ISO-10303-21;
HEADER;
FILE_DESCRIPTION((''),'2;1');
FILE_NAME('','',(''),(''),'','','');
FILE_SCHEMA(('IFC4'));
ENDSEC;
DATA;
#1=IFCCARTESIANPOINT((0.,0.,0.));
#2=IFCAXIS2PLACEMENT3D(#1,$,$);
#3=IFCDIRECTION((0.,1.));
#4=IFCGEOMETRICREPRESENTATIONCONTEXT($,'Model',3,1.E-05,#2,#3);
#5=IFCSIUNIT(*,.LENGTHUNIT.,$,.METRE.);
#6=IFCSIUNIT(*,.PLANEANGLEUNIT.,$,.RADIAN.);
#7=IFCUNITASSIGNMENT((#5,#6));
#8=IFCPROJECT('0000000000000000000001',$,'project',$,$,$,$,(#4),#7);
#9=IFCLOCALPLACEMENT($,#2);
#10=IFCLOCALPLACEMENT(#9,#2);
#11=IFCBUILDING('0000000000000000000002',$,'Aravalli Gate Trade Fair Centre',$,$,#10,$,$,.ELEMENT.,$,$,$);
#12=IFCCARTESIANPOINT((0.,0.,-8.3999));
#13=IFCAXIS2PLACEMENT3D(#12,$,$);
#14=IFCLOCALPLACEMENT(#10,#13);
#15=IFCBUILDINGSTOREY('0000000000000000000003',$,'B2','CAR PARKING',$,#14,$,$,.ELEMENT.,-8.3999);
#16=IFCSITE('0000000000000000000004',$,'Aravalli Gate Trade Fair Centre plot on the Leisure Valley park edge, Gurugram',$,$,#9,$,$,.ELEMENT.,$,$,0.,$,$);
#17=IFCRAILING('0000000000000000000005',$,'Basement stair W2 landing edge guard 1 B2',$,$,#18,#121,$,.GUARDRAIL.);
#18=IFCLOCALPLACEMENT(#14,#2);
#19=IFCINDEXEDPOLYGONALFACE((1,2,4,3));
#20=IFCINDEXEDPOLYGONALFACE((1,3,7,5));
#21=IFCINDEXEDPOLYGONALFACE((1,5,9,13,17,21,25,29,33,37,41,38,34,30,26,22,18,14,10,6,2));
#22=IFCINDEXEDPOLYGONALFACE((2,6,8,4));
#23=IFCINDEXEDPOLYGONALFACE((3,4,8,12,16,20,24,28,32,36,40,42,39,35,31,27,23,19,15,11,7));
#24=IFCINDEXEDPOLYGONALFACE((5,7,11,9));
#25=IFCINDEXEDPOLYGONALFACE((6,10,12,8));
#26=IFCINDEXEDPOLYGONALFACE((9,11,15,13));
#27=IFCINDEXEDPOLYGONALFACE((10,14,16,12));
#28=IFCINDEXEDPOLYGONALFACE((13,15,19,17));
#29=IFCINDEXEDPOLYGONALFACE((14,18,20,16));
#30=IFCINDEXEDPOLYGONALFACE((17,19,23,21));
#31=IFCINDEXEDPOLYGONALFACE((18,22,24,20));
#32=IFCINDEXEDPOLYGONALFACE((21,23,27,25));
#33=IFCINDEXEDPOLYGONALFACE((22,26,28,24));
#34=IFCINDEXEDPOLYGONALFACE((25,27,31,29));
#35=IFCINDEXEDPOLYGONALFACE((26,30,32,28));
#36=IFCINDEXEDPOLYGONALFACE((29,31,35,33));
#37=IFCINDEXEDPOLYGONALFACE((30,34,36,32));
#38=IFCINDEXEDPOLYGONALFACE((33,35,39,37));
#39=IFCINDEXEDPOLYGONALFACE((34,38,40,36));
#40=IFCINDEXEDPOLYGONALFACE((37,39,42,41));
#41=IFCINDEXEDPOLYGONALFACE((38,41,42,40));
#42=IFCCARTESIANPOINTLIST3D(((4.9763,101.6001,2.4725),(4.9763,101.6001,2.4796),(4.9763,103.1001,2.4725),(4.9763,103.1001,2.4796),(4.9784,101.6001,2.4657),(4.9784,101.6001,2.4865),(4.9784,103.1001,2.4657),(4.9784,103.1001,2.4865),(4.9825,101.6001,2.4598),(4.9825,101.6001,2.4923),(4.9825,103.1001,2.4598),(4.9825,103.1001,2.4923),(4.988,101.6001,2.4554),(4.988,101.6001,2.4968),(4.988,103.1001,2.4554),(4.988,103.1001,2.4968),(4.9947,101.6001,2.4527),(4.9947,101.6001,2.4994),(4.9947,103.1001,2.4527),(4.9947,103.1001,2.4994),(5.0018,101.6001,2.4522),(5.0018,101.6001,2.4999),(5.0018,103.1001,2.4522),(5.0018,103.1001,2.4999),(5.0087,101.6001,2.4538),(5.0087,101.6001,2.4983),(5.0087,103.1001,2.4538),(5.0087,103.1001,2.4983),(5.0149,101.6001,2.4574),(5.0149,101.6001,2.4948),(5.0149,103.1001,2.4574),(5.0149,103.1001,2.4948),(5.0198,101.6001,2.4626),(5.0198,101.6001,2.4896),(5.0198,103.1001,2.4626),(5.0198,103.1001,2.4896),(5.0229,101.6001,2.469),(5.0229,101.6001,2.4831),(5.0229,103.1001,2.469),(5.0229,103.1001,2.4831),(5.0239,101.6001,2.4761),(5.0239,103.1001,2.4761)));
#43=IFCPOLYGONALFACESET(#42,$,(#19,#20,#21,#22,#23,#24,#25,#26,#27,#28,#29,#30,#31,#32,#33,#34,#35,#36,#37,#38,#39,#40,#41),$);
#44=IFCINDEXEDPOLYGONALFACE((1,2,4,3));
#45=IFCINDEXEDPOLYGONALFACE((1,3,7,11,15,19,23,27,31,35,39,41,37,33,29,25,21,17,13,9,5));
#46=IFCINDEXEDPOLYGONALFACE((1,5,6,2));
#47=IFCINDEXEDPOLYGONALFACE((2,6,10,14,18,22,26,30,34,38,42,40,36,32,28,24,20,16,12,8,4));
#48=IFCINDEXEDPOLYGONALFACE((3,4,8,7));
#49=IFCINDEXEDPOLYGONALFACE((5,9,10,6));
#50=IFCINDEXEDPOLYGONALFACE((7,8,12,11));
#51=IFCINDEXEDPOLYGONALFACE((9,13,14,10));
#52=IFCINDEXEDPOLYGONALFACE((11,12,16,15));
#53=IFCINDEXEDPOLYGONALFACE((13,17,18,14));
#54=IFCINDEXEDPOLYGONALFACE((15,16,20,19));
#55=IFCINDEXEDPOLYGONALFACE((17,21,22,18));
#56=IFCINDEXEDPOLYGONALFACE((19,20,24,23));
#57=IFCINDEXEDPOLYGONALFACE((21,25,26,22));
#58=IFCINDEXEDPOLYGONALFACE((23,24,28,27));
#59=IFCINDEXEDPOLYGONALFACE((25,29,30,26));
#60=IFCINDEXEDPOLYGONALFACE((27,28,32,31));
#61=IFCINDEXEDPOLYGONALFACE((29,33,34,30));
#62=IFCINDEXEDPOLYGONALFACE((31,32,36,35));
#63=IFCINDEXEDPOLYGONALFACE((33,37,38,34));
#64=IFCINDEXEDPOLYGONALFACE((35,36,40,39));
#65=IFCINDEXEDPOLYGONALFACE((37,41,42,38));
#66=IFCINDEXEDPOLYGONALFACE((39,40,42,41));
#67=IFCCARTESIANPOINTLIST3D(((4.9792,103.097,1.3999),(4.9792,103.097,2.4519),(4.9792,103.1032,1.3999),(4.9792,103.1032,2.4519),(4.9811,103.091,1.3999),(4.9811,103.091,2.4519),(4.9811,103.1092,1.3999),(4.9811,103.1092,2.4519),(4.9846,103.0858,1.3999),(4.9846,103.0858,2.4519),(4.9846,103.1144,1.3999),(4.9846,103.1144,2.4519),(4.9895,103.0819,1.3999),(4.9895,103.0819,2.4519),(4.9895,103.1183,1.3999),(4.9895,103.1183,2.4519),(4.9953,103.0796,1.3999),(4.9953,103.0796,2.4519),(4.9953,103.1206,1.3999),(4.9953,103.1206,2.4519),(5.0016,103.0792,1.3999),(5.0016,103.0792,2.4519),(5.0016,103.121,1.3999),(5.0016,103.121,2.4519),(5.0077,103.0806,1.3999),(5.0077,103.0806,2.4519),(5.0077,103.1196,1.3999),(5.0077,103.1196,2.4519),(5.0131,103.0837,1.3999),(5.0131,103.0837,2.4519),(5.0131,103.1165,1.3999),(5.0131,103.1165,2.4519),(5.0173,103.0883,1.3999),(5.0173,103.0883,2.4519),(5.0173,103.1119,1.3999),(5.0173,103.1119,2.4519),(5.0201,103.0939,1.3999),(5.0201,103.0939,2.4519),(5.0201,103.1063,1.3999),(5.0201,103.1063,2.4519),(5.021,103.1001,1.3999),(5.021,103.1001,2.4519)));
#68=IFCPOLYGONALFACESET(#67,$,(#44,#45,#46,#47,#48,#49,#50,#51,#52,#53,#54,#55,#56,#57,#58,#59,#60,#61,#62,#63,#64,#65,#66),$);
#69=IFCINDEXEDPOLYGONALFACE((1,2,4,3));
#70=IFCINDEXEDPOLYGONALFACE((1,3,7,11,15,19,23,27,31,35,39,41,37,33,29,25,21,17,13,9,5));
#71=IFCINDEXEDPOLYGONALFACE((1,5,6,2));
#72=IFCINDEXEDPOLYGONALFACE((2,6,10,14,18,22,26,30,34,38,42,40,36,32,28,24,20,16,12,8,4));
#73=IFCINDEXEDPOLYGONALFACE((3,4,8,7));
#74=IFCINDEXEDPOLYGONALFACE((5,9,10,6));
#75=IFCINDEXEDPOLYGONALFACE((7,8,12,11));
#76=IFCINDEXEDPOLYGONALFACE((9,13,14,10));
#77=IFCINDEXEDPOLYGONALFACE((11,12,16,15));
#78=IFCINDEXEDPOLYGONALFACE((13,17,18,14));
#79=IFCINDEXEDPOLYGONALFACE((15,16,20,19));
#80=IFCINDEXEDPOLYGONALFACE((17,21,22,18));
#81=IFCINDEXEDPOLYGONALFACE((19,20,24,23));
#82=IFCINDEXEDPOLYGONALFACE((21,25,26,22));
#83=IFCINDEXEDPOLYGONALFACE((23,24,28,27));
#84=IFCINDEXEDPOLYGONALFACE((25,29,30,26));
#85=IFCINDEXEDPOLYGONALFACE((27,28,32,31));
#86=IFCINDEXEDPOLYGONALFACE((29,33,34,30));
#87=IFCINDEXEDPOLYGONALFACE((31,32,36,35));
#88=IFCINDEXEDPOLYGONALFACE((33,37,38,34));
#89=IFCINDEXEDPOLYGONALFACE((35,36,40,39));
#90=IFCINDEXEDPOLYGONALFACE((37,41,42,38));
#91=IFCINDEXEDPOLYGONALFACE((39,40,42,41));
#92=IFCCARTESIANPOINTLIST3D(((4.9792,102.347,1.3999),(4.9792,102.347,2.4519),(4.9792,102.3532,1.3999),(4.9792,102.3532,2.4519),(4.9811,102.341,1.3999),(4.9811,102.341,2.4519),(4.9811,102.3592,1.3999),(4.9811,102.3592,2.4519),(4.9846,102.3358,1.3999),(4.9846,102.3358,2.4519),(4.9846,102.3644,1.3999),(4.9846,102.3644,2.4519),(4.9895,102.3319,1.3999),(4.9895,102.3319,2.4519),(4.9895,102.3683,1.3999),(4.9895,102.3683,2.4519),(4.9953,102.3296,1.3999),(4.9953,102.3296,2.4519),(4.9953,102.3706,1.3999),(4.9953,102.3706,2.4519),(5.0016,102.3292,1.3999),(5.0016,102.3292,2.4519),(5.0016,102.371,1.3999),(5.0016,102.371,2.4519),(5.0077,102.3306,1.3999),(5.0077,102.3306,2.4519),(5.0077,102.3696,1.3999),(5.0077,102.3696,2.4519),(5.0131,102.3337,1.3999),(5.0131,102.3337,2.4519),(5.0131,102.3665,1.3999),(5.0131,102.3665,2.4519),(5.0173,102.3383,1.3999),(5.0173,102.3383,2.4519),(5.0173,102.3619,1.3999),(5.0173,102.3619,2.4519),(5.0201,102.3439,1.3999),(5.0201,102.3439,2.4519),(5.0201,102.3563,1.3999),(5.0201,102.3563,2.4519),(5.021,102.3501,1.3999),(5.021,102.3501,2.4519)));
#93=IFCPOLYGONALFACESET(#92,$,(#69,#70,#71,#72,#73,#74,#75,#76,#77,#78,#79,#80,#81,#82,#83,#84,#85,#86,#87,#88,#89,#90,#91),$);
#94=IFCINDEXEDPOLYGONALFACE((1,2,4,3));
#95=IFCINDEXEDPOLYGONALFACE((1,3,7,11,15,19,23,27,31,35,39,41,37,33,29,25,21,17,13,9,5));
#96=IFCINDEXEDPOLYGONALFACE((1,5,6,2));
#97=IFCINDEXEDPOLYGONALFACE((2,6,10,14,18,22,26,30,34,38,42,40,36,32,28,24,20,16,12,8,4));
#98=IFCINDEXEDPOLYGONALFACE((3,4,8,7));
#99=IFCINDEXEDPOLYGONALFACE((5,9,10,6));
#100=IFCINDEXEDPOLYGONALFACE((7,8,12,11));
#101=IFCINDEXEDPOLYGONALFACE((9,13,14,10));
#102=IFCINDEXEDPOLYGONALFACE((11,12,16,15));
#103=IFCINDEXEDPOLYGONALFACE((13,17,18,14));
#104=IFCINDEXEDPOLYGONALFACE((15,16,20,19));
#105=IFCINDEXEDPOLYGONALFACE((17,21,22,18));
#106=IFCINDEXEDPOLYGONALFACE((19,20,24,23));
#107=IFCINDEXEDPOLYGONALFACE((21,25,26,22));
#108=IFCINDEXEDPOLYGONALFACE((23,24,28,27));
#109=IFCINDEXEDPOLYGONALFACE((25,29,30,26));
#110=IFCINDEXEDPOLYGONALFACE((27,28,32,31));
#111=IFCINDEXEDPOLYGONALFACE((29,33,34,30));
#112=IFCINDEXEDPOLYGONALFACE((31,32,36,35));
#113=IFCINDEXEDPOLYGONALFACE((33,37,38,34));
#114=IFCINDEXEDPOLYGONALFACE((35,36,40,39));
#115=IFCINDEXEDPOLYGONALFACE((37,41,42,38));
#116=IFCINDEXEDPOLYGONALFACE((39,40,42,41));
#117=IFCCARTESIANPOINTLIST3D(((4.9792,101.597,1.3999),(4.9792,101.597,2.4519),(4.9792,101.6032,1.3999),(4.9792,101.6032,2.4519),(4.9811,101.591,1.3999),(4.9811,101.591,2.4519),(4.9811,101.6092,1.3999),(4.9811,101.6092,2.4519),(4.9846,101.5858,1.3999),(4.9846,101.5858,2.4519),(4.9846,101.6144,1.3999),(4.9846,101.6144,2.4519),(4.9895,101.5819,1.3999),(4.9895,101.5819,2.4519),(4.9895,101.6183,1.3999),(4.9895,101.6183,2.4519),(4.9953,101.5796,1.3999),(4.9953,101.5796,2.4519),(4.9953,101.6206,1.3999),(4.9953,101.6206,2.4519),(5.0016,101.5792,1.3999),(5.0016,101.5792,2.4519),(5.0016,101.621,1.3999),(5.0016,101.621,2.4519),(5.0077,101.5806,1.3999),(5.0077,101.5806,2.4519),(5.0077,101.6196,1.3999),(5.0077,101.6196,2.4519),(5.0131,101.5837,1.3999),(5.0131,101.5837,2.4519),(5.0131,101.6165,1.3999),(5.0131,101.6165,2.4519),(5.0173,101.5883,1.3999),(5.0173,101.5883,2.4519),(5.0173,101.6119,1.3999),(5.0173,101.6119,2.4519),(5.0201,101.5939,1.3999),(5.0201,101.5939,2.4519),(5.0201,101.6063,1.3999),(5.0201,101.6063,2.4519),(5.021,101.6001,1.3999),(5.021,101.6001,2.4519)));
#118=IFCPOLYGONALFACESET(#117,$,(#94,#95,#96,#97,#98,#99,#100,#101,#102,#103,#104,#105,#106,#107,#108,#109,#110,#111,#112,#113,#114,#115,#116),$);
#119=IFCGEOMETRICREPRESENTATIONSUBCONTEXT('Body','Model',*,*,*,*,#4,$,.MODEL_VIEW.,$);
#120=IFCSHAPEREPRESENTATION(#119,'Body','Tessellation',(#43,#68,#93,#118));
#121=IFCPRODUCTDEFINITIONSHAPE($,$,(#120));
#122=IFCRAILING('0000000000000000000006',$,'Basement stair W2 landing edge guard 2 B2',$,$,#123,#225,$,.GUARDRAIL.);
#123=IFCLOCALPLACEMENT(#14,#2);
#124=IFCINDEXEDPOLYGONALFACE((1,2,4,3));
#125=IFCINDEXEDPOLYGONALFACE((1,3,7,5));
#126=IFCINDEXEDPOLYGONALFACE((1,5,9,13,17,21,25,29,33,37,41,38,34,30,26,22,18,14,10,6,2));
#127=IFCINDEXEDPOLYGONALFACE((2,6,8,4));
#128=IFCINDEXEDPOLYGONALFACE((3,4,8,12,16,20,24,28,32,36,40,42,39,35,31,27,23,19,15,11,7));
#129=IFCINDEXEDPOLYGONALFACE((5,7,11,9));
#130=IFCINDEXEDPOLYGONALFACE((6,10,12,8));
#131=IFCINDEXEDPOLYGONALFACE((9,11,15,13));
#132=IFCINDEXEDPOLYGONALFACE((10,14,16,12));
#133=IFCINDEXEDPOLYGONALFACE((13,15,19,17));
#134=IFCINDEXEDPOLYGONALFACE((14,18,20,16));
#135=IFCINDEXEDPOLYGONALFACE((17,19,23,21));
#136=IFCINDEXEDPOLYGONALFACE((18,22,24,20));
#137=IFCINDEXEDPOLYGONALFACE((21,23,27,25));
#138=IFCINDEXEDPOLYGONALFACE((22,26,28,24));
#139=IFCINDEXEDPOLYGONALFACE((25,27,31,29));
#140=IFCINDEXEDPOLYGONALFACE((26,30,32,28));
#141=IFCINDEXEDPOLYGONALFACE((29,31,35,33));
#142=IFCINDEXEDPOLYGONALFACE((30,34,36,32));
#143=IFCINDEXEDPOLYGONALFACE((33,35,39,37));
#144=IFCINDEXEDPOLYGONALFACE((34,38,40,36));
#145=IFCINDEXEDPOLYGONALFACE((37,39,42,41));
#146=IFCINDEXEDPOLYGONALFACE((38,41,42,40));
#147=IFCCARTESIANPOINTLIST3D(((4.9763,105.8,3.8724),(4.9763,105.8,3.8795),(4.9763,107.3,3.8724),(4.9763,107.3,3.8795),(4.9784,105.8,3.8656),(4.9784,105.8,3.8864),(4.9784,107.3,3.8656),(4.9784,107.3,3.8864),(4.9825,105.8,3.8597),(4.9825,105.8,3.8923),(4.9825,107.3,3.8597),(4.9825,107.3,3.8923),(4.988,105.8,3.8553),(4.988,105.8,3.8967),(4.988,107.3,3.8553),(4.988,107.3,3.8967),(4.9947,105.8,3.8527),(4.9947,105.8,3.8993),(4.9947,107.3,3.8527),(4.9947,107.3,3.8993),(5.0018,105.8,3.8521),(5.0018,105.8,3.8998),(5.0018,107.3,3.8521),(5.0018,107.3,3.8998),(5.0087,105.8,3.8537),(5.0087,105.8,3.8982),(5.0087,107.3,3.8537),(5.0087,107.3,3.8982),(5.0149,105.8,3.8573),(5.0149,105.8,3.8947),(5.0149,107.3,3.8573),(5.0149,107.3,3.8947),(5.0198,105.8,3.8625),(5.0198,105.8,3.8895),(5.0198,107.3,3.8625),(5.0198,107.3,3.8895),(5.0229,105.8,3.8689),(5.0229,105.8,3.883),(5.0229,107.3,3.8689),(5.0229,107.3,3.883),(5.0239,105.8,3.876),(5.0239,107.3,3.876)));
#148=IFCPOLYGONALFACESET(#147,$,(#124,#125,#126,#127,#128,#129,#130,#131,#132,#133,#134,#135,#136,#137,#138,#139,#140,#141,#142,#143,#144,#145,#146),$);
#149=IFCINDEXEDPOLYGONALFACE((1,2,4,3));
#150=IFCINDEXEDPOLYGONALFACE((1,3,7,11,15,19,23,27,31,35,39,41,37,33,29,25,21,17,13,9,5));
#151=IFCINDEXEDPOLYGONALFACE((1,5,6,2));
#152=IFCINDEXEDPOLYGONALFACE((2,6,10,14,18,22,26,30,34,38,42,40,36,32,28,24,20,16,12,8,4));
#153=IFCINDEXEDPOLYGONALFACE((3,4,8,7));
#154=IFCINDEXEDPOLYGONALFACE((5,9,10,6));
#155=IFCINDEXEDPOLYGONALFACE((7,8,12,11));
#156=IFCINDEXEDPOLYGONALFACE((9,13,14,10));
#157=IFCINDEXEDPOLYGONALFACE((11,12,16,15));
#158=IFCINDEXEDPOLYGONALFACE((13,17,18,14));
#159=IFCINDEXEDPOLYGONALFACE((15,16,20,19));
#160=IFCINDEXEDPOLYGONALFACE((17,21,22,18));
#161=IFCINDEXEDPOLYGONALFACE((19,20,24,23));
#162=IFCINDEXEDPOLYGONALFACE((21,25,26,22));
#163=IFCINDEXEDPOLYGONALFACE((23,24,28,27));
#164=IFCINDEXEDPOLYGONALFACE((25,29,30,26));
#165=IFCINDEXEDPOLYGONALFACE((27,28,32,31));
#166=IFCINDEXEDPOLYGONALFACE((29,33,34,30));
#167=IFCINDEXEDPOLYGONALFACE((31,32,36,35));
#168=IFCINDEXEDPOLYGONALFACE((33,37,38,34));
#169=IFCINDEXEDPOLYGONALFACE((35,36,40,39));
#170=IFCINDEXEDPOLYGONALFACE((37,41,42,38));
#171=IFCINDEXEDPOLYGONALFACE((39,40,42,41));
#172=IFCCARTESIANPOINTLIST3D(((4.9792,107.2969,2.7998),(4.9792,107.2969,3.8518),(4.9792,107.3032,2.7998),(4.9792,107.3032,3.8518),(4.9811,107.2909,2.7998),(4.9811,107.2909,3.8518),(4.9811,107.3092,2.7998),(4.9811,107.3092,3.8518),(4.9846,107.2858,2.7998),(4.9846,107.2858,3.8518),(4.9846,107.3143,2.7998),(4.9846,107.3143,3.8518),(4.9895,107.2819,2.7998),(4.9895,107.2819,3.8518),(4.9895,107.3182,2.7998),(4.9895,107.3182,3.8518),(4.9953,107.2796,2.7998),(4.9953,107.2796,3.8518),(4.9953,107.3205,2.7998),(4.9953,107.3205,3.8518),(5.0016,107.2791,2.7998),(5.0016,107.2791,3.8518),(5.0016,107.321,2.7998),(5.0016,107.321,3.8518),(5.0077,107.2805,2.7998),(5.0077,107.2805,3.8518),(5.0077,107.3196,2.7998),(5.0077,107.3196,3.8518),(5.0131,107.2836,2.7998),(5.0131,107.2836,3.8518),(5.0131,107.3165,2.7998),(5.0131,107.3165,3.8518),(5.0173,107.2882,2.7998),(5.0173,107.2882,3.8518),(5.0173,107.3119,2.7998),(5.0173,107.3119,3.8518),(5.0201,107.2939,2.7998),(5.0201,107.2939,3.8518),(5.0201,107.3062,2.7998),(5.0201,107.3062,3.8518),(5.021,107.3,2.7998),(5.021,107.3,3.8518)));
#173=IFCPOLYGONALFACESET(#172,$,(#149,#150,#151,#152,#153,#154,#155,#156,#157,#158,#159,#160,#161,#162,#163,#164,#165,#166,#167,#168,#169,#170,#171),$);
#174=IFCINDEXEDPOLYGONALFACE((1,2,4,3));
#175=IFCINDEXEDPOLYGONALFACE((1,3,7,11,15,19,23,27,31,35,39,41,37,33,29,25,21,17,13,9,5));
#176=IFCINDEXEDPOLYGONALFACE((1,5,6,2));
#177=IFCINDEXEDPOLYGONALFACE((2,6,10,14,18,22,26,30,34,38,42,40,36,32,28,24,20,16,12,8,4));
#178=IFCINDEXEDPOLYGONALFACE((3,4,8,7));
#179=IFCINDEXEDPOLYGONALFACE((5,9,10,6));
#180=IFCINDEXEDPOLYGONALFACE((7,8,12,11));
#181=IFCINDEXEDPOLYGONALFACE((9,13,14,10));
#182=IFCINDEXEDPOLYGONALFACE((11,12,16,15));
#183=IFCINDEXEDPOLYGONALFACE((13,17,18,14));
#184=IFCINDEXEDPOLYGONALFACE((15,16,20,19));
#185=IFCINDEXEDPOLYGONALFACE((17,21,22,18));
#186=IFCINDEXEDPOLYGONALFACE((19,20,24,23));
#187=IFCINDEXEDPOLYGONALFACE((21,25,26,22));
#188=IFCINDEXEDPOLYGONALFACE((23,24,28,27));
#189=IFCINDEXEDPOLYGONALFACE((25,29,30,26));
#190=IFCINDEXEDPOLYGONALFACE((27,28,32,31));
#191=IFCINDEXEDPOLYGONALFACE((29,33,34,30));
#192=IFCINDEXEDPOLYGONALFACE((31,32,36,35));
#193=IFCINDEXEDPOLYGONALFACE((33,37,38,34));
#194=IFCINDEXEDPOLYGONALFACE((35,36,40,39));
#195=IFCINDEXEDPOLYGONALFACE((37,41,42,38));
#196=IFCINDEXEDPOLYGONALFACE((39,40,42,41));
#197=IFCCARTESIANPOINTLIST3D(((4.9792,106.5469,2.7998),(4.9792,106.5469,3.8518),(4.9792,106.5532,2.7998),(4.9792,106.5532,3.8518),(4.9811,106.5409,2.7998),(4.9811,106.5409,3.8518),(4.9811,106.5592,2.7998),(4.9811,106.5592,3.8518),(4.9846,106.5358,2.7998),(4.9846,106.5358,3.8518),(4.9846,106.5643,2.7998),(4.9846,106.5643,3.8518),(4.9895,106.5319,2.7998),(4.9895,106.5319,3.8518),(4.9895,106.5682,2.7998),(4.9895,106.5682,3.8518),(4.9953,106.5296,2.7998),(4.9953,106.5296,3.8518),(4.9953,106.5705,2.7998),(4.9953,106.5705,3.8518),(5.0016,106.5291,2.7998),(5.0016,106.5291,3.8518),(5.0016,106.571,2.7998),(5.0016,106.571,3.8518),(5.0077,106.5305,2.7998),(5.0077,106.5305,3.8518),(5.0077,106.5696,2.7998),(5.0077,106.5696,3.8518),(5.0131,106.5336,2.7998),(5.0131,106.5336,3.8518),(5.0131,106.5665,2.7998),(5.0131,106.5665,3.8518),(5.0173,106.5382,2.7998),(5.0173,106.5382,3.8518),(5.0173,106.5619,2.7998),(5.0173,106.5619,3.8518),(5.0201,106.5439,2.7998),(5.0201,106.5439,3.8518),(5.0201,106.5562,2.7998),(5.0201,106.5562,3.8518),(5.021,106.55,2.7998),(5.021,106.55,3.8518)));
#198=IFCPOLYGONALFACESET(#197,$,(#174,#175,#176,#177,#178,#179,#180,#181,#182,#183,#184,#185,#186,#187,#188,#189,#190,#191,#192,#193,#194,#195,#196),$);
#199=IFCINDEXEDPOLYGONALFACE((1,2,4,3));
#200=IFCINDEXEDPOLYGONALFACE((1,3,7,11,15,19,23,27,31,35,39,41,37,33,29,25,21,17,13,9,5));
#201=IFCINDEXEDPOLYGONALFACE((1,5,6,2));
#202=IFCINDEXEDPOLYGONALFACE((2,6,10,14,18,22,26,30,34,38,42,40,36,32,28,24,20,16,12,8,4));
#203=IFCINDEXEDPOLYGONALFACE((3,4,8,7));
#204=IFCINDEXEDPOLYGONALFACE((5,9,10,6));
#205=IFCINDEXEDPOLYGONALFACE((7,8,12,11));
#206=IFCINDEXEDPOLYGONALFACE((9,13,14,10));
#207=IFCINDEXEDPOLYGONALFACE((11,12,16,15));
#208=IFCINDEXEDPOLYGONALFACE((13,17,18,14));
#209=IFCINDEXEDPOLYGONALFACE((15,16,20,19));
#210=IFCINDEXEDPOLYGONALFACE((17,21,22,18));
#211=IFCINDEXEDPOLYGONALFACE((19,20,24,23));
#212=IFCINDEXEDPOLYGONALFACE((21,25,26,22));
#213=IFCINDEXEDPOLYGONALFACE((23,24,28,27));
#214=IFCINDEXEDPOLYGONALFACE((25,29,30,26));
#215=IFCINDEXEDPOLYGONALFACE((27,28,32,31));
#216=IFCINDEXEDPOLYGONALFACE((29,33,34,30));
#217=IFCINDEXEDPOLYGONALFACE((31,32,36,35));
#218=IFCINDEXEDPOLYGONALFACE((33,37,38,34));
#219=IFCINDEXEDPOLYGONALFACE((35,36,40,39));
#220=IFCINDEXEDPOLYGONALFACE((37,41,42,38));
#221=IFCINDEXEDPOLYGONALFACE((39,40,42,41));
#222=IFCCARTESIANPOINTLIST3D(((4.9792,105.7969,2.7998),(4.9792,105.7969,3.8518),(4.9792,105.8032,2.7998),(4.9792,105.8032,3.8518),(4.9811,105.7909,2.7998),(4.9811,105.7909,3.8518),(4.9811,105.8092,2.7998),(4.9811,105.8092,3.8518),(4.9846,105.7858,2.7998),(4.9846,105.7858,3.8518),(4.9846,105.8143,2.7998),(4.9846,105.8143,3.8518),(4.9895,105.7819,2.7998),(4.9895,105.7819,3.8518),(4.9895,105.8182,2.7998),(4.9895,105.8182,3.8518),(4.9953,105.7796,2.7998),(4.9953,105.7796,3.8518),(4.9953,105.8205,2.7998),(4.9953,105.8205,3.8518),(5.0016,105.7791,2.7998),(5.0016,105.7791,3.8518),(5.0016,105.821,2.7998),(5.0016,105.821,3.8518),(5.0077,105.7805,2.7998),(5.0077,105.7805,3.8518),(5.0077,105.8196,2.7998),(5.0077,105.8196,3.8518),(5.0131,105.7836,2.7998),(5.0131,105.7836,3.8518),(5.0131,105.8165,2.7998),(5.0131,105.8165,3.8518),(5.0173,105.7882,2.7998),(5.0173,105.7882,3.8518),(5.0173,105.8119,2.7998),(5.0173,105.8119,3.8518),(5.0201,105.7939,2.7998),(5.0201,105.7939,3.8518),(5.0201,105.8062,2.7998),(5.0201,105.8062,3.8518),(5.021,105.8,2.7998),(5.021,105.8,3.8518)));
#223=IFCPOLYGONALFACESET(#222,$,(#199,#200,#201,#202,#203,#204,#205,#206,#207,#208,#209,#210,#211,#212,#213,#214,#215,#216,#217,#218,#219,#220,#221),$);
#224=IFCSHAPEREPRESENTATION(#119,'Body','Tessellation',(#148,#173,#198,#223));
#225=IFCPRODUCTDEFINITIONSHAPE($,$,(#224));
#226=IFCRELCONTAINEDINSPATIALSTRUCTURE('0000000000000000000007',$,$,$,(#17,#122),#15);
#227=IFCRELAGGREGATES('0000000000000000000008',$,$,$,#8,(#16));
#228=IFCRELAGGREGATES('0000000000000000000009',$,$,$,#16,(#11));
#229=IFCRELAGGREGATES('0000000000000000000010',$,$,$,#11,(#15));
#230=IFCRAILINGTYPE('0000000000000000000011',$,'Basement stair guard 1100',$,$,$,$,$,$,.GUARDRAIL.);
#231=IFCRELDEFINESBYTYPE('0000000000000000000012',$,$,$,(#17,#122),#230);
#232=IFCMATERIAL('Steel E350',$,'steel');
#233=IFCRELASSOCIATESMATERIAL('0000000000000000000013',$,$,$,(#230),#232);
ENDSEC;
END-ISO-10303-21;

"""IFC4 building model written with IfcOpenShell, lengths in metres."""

from ifc_helpers import new_model, si_unit, direction, frame, origin, origin_2d, place, context, subcontext, project, spatial, circle, extrude, material, type_object, element, save


model = new_model("IFC4")

# Units and contexts
model_context = context("Model", 3, precision=1e-05, world=origin(), true_north=direction((0.0, 1.0)))
body_context = subcontext(model_context, "Body", "Model", "MODEL_VIEW")
ifc_project = project(units=[si_unit("LENGTHUNIT", "METRE"), si_unit("PLANEANGLEUNIT", "RADIAN")], contexts=[model_context])

# Site, building, storey
site_placement = place(None, origin())
site = spatial("IfcSite", under=ifc_project, at=site_placement, Name="Aravalli Gate Trade Fair Centre plot on the Leisure Valley park edge, Gurugram", CompositionType="ELEMENT", RefElevation=0.0)
building_placement = place(site_placement, origin())
building = spatial("IfcBuilding", under=site, at=building_placement, Name="Aravalli Gate Trade Fair Centre", CompositionType="ELEMENT")
storey_placement = place(building_placement, frame((0.0, 0.0, -8.3999)))
storey = spatial("IfcBuildingStorey", under=building, at=storey_placement, Name="B2", Description="CAR PARKING", CompositionType="ELEMENT", Elevation=-8.3999)

# Railings
ifc_material_1 = material(Name="Steel E350", Category="steel")
railing_type_1 = type_object("IfcRailingType", Name="Basement stair guard 1100", PredefinedType="GUARDRAIL", material=ifc_material_1)
for number, where, name in (
    (1, (5.0, 103.1001, 1.3999), "Basement stair W2 landing edge guard 1 B2"),
    (2, (5.0, 107.3, 2.7998), "Basement stair W2 landing edge guard 2 B2"),
):
    element("IfcRailing", number, at=place(storey_placement, frame(where)), inside=storey, type_object=railing_type_1, Name=name, PredefinedType="GUARDRAIL", context=body_context, shape_type="SweptSolid", body=[
        extrude(circle(Radius=0.0239, at=origin_2d()), frame((0.0, 0.0, 1.0762), z_axis=(0.0, -1.0, 0.0), x_axis=(1.0, 0.0, 0.0)), (0.0, 0.0, 1.0), 1.5),
        extrude(circle(Radius=0.021, at=origin_2d()), origin(), (0.0, 0.0, 1.0), 1.052),
        extrude(circle(Radius=0.021, at=origin_2d()), frame((0.0, -0.75, 0.0)), (0.0, 0.0, 1.0), 1.052),
        extrude(circle(Radius=0.021, at=origin_2d()), frame((0.0, -1.5, 0.0)), (0.0, 0.0, 1.0), 1.052),
    ])

save(model, "model.ifc")
